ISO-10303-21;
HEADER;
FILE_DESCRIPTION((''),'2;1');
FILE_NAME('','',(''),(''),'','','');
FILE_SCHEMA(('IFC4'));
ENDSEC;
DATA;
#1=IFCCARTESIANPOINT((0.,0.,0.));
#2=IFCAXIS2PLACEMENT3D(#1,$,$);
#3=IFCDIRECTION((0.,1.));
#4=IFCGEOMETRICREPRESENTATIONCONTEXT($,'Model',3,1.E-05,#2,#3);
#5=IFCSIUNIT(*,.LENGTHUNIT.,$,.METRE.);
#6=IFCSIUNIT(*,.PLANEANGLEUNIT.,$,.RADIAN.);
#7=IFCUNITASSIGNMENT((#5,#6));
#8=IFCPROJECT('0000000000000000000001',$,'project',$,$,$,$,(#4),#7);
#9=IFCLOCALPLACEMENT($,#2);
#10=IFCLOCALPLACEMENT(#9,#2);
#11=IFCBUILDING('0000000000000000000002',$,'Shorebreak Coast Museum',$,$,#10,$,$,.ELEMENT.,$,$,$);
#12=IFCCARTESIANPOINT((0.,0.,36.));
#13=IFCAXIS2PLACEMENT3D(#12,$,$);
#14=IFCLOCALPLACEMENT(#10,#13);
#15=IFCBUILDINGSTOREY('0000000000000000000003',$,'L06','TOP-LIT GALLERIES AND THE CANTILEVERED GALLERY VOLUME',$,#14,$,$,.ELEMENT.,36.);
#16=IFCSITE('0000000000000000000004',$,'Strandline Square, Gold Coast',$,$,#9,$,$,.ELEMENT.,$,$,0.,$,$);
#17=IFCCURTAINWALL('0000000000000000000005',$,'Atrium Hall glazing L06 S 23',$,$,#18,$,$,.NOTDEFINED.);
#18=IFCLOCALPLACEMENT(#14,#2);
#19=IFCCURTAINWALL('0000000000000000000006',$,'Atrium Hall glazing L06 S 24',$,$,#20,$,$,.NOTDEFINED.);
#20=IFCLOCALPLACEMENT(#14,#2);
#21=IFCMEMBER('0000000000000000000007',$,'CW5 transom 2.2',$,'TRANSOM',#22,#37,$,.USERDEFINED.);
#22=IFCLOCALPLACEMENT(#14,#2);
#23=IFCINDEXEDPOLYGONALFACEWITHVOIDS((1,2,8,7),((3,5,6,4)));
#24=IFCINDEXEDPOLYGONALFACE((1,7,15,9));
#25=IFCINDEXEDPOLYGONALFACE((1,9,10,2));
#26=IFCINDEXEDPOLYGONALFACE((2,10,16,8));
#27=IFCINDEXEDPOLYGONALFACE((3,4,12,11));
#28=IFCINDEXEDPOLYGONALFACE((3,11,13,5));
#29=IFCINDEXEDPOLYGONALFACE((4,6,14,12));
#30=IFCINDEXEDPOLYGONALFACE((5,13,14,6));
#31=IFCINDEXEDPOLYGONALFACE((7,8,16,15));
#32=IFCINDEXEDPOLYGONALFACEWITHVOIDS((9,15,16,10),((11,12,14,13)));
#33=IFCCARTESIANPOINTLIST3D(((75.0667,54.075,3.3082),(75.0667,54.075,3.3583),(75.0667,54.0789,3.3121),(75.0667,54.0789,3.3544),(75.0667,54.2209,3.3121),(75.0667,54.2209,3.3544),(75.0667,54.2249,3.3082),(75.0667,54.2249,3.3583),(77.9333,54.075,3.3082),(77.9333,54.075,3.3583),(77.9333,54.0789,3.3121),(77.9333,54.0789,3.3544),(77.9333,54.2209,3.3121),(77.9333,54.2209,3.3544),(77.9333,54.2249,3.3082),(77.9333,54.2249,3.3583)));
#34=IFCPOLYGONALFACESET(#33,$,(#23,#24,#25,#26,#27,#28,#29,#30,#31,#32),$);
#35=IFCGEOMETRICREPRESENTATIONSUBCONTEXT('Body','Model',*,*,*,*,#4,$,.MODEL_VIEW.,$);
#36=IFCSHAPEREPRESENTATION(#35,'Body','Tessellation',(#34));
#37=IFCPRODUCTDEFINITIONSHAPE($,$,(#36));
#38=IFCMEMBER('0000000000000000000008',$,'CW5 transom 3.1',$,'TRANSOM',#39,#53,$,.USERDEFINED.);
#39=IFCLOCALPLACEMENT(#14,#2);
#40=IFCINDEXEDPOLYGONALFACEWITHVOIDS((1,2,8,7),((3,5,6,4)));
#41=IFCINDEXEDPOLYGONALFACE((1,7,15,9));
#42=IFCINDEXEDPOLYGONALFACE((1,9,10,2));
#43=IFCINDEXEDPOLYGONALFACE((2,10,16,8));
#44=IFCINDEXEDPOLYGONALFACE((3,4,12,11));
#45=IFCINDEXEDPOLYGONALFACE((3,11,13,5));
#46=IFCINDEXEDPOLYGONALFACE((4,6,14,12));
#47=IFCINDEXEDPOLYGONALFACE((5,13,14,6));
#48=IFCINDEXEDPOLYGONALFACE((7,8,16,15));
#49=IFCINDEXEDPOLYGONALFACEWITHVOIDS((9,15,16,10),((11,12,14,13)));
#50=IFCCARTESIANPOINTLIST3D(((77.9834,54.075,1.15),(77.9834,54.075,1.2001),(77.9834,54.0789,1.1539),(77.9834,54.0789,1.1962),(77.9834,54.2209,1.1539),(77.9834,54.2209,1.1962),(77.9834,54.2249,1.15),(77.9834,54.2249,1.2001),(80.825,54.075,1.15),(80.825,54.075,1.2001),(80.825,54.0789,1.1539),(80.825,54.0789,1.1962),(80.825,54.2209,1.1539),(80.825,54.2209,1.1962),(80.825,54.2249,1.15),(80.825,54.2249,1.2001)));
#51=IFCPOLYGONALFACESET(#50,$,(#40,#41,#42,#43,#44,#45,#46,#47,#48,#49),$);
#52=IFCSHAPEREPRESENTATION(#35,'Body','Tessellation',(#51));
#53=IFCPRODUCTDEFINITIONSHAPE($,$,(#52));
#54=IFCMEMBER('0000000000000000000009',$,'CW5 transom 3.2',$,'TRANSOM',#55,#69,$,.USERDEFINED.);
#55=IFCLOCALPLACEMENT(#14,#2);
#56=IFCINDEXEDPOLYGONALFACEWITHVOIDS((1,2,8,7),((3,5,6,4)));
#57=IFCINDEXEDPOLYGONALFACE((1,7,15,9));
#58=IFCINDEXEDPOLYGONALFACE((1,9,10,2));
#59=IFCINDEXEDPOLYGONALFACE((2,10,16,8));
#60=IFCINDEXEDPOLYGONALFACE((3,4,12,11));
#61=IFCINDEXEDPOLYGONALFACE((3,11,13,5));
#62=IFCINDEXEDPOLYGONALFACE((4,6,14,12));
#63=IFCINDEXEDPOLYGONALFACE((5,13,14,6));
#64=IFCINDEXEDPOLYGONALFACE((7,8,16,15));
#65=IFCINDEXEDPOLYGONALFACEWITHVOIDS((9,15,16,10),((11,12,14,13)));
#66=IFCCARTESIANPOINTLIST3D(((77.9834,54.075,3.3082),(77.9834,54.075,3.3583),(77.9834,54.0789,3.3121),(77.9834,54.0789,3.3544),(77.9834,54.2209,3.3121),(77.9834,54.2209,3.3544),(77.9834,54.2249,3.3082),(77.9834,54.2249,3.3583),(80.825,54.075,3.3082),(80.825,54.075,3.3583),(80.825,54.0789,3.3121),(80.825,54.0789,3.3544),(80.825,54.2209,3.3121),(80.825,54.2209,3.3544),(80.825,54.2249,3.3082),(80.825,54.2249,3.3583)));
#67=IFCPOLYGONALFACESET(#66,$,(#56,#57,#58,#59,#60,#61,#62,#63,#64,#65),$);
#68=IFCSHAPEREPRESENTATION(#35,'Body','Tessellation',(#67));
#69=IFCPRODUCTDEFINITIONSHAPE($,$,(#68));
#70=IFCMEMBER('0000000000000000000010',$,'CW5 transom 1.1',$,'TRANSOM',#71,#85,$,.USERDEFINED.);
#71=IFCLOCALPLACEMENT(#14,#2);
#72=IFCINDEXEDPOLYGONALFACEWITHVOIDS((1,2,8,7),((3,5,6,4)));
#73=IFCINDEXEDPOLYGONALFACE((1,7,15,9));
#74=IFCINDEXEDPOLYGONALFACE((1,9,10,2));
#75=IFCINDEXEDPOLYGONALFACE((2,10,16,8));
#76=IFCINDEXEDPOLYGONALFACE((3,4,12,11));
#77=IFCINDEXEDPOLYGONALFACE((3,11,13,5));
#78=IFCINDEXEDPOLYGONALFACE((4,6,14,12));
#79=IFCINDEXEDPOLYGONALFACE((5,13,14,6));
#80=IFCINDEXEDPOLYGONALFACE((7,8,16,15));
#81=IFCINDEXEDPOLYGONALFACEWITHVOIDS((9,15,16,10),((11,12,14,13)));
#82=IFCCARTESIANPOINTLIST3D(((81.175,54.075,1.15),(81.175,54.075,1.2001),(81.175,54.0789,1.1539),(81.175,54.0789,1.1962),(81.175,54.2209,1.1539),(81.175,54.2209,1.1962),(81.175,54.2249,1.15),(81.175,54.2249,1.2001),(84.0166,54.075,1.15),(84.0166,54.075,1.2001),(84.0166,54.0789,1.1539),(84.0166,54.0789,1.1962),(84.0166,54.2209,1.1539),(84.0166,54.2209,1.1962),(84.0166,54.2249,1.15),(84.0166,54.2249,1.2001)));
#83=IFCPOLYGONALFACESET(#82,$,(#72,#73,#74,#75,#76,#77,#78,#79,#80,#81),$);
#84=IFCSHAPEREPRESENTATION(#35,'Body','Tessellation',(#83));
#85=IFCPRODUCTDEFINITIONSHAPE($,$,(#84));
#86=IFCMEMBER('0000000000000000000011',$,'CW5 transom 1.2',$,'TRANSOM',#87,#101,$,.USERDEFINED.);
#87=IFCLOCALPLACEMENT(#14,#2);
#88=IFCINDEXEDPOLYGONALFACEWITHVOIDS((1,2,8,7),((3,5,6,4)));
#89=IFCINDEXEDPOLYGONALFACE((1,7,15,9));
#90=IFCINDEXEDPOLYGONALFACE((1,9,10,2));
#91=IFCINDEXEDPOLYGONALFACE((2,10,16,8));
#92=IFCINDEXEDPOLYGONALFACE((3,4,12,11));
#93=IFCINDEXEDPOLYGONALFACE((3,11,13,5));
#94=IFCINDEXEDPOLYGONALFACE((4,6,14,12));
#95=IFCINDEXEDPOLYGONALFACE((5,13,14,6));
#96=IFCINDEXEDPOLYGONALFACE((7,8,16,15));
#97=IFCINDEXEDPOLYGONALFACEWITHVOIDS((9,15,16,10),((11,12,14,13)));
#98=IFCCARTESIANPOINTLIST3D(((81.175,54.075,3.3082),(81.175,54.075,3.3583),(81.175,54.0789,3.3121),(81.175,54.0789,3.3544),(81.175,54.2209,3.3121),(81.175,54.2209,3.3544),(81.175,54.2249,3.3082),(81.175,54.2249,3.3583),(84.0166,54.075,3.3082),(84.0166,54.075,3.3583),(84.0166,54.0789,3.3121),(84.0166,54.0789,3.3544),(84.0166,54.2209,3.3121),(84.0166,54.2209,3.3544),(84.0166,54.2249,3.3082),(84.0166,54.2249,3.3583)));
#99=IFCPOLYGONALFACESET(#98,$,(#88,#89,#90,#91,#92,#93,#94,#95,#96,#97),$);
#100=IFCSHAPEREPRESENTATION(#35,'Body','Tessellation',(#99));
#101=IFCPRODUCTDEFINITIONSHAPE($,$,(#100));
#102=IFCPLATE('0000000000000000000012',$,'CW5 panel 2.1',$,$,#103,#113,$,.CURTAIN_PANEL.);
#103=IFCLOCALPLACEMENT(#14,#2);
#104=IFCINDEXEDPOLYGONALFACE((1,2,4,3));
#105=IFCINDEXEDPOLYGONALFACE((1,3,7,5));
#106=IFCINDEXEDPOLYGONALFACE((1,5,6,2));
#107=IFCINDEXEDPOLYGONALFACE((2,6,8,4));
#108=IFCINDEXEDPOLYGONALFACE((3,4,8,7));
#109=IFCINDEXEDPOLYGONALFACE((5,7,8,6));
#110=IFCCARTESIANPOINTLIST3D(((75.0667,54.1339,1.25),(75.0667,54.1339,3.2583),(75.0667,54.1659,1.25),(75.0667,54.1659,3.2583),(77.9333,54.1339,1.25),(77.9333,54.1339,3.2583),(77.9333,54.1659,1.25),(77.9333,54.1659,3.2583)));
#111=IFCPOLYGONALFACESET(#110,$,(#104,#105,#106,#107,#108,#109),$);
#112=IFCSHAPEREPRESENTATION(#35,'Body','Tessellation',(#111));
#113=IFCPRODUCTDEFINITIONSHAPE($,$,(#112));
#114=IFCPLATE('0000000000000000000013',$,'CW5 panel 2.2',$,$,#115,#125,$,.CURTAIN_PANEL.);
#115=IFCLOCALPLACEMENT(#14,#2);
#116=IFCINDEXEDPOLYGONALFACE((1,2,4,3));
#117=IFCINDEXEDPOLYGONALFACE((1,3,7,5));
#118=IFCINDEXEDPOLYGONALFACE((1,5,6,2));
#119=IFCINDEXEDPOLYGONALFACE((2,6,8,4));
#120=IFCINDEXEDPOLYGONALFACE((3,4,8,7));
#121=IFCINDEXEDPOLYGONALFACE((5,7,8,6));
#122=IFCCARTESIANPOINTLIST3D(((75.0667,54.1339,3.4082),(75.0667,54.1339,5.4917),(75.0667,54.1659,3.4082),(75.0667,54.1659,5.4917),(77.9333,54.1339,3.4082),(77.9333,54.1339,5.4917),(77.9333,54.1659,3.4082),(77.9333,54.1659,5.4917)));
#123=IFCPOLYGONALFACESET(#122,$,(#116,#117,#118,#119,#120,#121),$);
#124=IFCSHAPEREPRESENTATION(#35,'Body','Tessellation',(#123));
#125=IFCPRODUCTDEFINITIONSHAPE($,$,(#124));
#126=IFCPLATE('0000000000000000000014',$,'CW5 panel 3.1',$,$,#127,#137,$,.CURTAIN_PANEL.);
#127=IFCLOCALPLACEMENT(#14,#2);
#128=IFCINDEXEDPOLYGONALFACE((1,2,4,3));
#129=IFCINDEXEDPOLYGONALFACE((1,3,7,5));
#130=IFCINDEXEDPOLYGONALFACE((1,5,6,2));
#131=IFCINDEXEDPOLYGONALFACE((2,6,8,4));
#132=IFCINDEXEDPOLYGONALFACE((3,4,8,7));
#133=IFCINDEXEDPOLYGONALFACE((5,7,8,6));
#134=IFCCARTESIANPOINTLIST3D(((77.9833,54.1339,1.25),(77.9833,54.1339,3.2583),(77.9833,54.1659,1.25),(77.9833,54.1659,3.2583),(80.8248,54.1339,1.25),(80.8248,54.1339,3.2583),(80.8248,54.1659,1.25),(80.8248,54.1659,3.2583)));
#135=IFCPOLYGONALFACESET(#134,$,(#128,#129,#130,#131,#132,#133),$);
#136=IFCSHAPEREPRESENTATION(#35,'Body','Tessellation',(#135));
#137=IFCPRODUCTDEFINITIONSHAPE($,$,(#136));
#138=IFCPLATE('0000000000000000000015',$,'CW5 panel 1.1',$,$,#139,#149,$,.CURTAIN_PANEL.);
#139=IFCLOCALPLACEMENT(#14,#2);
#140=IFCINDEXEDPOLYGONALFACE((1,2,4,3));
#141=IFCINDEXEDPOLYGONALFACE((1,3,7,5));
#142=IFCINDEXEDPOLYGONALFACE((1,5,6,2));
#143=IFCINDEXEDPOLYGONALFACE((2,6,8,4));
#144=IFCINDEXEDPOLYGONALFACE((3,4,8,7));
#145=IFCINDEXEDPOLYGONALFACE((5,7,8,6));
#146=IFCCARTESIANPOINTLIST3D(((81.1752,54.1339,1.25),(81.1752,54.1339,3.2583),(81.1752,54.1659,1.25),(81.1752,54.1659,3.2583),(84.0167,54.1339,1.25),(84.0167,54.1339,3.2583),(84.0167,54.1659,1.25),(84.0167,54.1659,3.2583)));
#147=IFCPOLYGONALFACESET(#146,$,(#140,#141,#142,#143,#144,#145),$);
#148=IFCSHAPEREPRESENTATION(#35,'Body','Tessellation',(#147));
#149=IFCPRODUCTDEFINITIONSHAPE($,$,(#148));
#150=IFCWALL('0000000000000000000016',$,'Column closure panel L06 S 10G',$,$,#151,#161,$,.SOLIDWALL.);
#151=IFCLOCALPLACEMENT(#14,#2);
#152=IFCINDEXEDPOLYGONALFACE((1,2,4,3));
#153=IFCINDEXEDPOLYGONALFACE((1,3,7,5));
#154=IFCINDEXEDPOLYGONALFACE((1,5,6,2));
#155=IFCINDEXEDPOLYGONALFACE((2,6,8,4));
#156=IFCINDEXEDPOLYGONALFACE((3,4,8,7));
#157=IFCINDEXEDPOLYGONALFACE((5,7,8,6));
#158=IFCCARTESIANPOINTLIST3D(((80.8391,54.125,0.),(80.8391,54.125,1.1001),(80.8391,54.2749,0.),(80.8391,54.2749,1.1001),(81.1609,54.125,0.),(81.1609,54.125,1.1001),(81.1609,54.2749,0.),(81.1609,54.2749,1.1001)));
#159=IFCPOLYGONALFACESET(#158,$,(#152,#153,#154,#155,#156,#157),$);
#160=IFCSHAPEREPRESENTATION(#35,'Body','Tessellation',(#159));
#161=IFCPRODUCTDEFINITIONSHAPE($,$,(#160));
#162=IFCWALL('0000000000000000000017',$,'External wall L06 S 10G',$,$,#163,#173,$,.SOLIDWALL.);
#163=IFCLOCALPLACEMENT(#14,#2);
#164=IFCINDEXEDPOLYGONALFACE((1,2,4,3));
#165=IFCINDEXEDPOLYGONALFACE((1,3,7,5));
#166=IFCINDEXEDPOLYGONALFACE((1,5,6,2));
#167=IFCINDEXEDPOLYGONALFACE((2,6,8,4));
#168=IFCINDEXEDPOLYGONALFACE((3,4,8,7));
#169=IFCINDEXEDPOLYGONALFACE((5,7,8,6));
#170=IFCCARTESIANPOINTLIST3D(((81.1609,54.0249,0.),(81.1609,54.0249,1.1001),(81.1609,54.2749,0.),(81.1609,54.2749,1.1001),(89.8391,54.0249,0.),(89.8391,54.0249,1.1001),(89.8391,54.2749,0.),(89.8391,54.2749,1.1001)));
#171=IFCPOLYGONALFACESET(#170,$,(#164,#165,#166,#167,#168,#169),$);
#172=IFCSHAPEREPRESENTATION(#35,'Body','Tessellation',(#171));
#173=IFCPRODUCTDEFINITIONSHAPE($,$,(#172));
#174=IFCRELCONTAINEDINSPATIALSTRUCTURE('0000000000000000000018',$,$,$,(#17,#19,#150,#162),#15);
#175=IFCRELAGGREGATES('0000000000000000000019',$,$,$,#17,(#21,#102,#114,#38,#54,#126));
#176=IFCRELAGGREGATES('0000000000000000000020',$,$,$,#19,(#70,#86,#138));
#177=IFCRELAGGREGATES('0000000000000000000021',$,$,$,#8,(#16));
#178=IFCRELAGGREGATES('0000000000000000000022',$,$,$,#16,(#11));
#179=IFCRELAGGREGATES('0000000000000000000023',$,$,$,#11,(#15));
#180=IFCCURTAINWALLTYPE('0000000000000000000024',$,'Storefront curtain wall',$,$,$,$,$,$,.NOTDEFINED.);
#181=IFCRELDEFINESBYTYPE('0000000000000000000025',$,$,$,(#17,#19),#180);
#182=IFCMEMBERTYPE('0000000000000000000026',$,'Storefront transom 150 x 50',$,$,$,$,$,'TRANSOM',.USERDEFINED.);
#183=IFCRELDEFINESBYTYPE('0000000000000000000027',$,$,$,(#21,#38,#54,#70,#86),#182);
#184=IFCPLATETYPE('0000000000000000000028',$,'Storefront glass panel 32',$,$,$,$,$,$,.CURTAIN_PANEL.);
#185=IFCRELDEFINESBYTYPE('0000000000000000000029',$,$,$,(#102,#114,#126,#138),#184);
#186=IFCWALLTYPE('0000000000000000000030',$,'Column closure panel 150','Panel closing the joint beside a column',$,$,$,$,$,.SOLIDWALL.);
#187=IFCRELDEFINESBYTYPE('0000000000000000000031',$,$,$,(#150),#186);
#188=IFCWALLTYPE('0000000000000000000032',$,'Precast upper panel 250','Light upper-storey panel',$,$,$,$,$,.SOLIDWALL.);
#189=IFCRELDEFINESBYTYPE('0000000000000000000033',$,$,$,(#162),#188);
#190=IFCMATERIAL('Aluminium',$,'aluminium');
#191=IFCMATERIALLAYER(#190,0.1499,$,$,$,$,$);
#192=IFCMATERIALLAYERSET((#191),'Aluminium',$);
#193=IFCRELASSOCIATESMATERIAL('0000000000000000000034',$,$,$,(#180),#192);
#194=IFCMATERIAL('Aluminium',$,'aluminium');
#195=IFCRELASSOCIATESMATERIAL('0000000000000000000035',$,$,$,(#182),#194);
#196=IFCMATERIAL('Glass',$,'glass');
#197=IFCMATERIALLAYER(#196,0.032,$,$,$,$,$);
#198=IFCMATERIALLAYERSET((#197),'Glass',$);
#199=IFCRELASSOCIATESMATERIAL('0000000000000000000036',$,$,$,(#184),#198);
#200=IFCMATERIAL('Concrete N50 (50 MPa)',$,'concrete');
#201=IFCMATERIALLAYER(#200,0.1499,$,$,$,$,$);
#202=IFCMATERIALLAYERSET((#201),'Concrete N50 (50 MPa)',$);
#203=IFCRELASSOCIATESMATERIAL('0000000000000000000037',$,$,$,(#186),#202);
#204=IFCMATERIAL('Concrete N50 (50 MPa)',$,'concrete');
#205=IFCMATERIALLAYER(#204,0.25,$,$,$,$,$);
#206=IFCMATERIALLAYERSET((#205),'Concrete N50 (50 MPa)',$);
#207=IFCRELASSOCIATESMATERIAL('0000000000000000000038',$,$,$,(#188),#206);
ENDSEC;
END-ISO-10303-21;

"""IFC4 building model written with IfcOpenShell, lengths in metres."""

from ifc_helpers import new_model, si_unit, direction, frame, frame_2d, origin, origin_2d, place, context, subcontext, project, spatial, rectangle, hollow_rectangle, extrude, material, layer, layer_set, material_profile, profile_set, type_object, element, aggregate, save


model = new_model("IFC4")

# Units and contexts
model_context = context("Model", 3, precision=1e-05, world=origin(), true_north=direction((0.0, 1.0)))
body_context = subcontext(model_context, "Body", "Model", "MODEL_VIEW")
ifc_project = project(units=[si_unit("LENGTHUNIT", "METRE"), si_unit("PLANEANGLEUNIT", "RADIAN")], contexts=[model_context])

# Site, building, storey
site_placement = place(None, origin())
site = spatial("IfcSite", under=ifc_project, at=site_placement, Name="Strandline Square, Gold Coast", CompositionType="ELEMENT", RefElevation=0.0)
building_placement = place(site_placement, origin())
building = spatial("IfcBuilding", under=site, at=building_placement, Name="Shorebreak Coast Museum", CompositionType="ELEMENT")
storey_placement = place(building_placement, frame((0.0, 0.0, 36.0)))
storey = spatial("IfcBuildingStorey", under=building, at=storey_placement, Name="L06", Description="TOP-LIT GALLERIES AND THE CANTILEVERED GALLERY VOLUME", CompositionType="ELEMENT", Elevation=36.0)

# Curtain walls
ifc_material_1 = material(Name="Aluminium", Category="aluminium")
ifc_layer_1 = layer(ifc_material_1, 0.1499)
ifc_layer_set_1 = layer_set([ifc_layer_1], Name="Aluminium")
curtain_wall_type = type_object("IfcCurtainWallType", Name="Storefront curtain wall", PredefinedType="NOTDEFINED", material=ifc_layer_set_1)
curtain_wall_1_placement = place(storey_placement, origin())
curtain_wall_1 = element("IfcCurtainWall", 1, at=curtain_wall_1_placement, inside=storey, type_object=curtain_wall_type, Name="Atrium Hall glazing L06 S 23", PredefinedType="NOTDEFINED")
curtain_wall_2_placement = place(storey_placement, origin())
curtain_wall_2 = element("IfcCurtainWall", 2, at=curtain_wall_2_placement, inside=storey, type_object=curtain_wall_type, Name="Atrium Hall glazing L06 S 24", PredefinedType="NOTDEFINED")

# Members
ifc_material_2 = material(Name="Aluminium", Category="aluminium")
ifc_material_profile_1 = material_profile(ifc_material_2, hollow_rectangle(XDim=0.1499, YDim=0.05, WallThickness=0.0039, at=origin_2d()), Name="AL 50x150 RHS")
ifc_profile_set_1 = profile_set([ifc_material_profile_1], Name="Aluminium")
member_type_1 = type_object("IfcMemberType", Name="Storefront transom 150 x 50", ElementType="TRANSOM", PredefinedType="USERDEFINED", material=ifc_profile_set_1)
member_1_placement = place(storey_placement, frame((75.0667, 54.1499, 3.3333), z_axis=(1.0, 0.0, 0.0), x_axis=(0.0, 1.0, 0.0)))
member_1 = element("IfcMember", 3, at=member_1_placement, type_object=member_type_1, Name="CW5 transom 2.2", ObjectType="TRANSOM", PredefinedType="USERDEFINED", context=body_context, shape_type="SweptSolid", body=[
    extrude(hollow_rectangle(XDim=0.1499, YDim=0.05, WallThickness=0.0039, at=origin_2d()), origin(), (0.0, 0.0, 1.0), 2.8667),
])
member_2_placement = place(storey_placement, frame((77.9834, 54.1499, 1.175), z_axis=(1.0, 0.0, 0.0), x_axis=(0.0, 1.0, 0.0)))
member_2 = element("IfcMember", 4, at=member_2_placement, type_object=member_type_1, Name="CW5 transom 3.1", ObjectType="TRANSOM", PredefinedType="USERDEFINED", context=body_context, shape_type="SweptSolid", body=[
    extrude(hollow_rectangle(XDim=0.1499, YDim=0.05, WallThickness=0.0039, at=origin_2d()), origin(), (0.0, 0.0, 1.0), 2.8416),
])
member_3_placement = place(storey_placement, frame((77.9834, 54.1499, 3.3333), z_axis=(1.0, 0.0, 0.0), x_axis=(0.0, 1.0, 0.0)))
member_3 = element("IfcMember", 5, at=member_3_placement, type_object=member_type_1, Name="CW5 transom 3.2", ObjectType="TRANSOM", PredefinedType="USERDEFINED", context=body_context, shape_type="SweptSolid", body=[
    extrude(hollow_rectangle(XDim=0.1499, YDim=0.05, WallThickness=0.0039, at=origin_2d()), origin(), (0.0, 0.0, 1.0), 2.8416),
])
member_4_placement = place(storey_placement, frame((81.175, 54.1499, 1.175), z_axis=(1.0, 0.0, 0.0), x_axis=(0.0, 1.0, 0.0)))
member_4 = element("IfcMember", 6, at=member_4_placement, type_object=member_type_1, Name="CW5 transom 1.1", ObjectType="TRANSOM", PredefinedType="USERDEFINED", context=body_context, shape_type="SweptSolid", body=[
    extrude(hollow_rectangle(XDim=0.1499, YDim=0.05, WallThickness=0.0039, at=origin_2d()), origin(), (0.0, 0.0, 1.0), 2.8416),
])
member_5_placement = place(storey_placement, frame((81.175, 54.1499, 3.3333), z_axis=(1.0, 0.0, 0.0), x_axis=(0.0, 1.0, 0.0)))
member_5 = element("IfcMember", 7, at=member_5_placement, type_object=member_type_1, Name="CW5 transom 1.2", ObjectType="TRANSOM", PredefinedType="USERDEFINED", context=body_context, shape_type="SweptSolid", body=[
    extrude(hollow_rectangle(XDim=0.1499, YDim=0.05, WallThickness=0.0039, at=origin_2d()), origin(), (0.0, 0.0, 1.0), 2.8416),
])

# Plates
ifc_material_3 = material(Name="Glass", Category="glass")
ifc_layer_2 = layer(ifc_material_3, 0.032)
ifc_layer_set_2 = layer_set([ifc_layer_2], Name="Glass")
plate_type = type_object("IfcPlateType", Name="Storefront glass panel 32", PredefinedType="CURTAIN_PANEL", material=ifc_layer_set_2)
plate_1_placement = place(storey_placement, frame((76.5, 54.1499, 1.25), z_axis=(0.0, 0.0, 1.0), x_axis=(1.0, 0.0, 0.0)))
plate_1 = element("IfcPlate", 8, at=plate_1_placement, type_object=plate_type, Name="CW5 panel 2.1", PredefinedType="CURTAIN_PANEL", context=body_context, shape_type="SweptSolid", body=[
    extrude(rectangle(XDim=2.8667, YDim=0.032, at=origin_2d()), origin(), (0.0, 0.0, 1.0), 2.0083),
])
plate_2_placement = place(storey_placement, frame((76.5, 54.1499, 3.4082), z_axis=(0.0, 0.0, 1.0), x_axis=(1.0, 0.0, 0.0)))
plate_2 = element("IfcPlate", 9, at=plate_2_placement, type_object=plate_type, Name="CW5 panel 2.2", PredefinedType="CURTAIN_PANEL", context=body_context, shape_type="SweptSolid", body=[
    extrude(rectangle(XDim=2.8667, YDim=0.032, at=origin_2d()), origin(), (0.0, 0.0, 1.0), 2.0835),
])
plate_3_placement = place(storey_placement, frame((79.4041, 54.1499, 1.25), z_axis=(0.0, 0.0, 1.0), x_axis=(1.0, 0.0, 0.0)))
plate_3 = element("IfcPlate", 10, at=plate_3_placement, type_object=plate_type, Name="CW5 panel 3.1", PredefinedType="CURTAIN_PANEL", context=body_context, shape_type="SweptSolid", body=[
    extrude(rectangle(XDim=2.8416, YDim=0.032, at=origin_2d()), origin(), (0.0, 0.0, 1.0), 2.0083),
])
aggregate(curtain_wall_1, [member_1, plate_1, plate_2, member_2, member_3, plate_3])
plate_4_placement = place(storey_placement, frame((82.5959, 54.1499, 1.25), z_axis=(0.0, 0.0, 1.0), x_axis=(1.0, 0.0, 0.0)))
plate_4 = element("IfcPlate", 11, at=plate_4_placement, type_object=plate_type, Name="CW5 panel 1.1", PredefinedType="CURTAIN_PANEL", context=body_context, shape_type="SweptSolid", body=[
    extrude(rectangle(XDim=2.8416, YDim=0.032, at=origin_2d()), origin(), (0.0, 0.0, 1.0), 2.0083),
])
aggregate(curtain_wall_2, [member_4, member_5, plate_4])

# Walls
ifc_material_4 = material(Name="Concrete N50 (50 MPa)", Category="concrete")
ifc_layer_3 = layer(ifc_material_4, 0.1499)
ifc_layer_set_3 = layer_set([ifc_layer_3], Name="Concrete N50 (50 MPa)")
wall_type_1 = type_object("IfcWallType", Name="Column closure panel 150", Description="Panel closing the joint beside a column", PredefinedType="SOLIDWALL", material=ifc_layer_set_3)
wall_1_placement = place(storey_placement, frame((80.8391, 54.2, 0.0), z_axis=(0.0, 0.0, 1.0), x_axis=(1.0, 0.0, 0.0)))
element("IfcWall", 12, at=wall_1_placement, inside=storey, type_object=wall_type_1, Name="Column closure panel L06 S 10G", PredefinedType="SOLIDWALL", context=body_context, shape_type="SweptSolid", body=[
    extrude(rectangle(XDim=0.3218, YDim=0.1499, at=frame_2d((0.1609, 0.0))), origin(), (0.0, 0.0, 1.0), 1.1001),
])
ifc_material_5 = material(Name="Concrete N50 (50 MPa)", Category="concrete")
ifc_layer_4 = layer(ifc_material_5, 0.25)
ifc_layer_set_4 = layer_set([ifc_layer_4], Name="Concrete N50 (50 MPa)")
wall_type_2 = type_object("IfcWallType", Name="Precast upper panel 250", Description="Light upper-storey panel", PredefinedType="SOLIDWALL", material=ifc_layer_set_4)
wall_2_placement = place(storey_placement, frame((81.1609, 54.1499, 0.0), z_axis=(0.0, 0.0, 1.0), x_axis=(1.0, 0.0, 0.0)))
element("IfcWall", 13, at=wall_2_placement, inside=storey, type_object=wall_type_2, Name="External wall L06 S 10G", PredefinedType="SOLIDWALL", context=body_context, shape_type="SweptSolid", body=[
    extrude(rectangle(XDim=8.6782, YDim=0.25, at=frame_2d((4.3391, 0.0))), origin(), (0.0, 0.0, 1.0), 1.1001),
])

save(model, "model.ifc")
